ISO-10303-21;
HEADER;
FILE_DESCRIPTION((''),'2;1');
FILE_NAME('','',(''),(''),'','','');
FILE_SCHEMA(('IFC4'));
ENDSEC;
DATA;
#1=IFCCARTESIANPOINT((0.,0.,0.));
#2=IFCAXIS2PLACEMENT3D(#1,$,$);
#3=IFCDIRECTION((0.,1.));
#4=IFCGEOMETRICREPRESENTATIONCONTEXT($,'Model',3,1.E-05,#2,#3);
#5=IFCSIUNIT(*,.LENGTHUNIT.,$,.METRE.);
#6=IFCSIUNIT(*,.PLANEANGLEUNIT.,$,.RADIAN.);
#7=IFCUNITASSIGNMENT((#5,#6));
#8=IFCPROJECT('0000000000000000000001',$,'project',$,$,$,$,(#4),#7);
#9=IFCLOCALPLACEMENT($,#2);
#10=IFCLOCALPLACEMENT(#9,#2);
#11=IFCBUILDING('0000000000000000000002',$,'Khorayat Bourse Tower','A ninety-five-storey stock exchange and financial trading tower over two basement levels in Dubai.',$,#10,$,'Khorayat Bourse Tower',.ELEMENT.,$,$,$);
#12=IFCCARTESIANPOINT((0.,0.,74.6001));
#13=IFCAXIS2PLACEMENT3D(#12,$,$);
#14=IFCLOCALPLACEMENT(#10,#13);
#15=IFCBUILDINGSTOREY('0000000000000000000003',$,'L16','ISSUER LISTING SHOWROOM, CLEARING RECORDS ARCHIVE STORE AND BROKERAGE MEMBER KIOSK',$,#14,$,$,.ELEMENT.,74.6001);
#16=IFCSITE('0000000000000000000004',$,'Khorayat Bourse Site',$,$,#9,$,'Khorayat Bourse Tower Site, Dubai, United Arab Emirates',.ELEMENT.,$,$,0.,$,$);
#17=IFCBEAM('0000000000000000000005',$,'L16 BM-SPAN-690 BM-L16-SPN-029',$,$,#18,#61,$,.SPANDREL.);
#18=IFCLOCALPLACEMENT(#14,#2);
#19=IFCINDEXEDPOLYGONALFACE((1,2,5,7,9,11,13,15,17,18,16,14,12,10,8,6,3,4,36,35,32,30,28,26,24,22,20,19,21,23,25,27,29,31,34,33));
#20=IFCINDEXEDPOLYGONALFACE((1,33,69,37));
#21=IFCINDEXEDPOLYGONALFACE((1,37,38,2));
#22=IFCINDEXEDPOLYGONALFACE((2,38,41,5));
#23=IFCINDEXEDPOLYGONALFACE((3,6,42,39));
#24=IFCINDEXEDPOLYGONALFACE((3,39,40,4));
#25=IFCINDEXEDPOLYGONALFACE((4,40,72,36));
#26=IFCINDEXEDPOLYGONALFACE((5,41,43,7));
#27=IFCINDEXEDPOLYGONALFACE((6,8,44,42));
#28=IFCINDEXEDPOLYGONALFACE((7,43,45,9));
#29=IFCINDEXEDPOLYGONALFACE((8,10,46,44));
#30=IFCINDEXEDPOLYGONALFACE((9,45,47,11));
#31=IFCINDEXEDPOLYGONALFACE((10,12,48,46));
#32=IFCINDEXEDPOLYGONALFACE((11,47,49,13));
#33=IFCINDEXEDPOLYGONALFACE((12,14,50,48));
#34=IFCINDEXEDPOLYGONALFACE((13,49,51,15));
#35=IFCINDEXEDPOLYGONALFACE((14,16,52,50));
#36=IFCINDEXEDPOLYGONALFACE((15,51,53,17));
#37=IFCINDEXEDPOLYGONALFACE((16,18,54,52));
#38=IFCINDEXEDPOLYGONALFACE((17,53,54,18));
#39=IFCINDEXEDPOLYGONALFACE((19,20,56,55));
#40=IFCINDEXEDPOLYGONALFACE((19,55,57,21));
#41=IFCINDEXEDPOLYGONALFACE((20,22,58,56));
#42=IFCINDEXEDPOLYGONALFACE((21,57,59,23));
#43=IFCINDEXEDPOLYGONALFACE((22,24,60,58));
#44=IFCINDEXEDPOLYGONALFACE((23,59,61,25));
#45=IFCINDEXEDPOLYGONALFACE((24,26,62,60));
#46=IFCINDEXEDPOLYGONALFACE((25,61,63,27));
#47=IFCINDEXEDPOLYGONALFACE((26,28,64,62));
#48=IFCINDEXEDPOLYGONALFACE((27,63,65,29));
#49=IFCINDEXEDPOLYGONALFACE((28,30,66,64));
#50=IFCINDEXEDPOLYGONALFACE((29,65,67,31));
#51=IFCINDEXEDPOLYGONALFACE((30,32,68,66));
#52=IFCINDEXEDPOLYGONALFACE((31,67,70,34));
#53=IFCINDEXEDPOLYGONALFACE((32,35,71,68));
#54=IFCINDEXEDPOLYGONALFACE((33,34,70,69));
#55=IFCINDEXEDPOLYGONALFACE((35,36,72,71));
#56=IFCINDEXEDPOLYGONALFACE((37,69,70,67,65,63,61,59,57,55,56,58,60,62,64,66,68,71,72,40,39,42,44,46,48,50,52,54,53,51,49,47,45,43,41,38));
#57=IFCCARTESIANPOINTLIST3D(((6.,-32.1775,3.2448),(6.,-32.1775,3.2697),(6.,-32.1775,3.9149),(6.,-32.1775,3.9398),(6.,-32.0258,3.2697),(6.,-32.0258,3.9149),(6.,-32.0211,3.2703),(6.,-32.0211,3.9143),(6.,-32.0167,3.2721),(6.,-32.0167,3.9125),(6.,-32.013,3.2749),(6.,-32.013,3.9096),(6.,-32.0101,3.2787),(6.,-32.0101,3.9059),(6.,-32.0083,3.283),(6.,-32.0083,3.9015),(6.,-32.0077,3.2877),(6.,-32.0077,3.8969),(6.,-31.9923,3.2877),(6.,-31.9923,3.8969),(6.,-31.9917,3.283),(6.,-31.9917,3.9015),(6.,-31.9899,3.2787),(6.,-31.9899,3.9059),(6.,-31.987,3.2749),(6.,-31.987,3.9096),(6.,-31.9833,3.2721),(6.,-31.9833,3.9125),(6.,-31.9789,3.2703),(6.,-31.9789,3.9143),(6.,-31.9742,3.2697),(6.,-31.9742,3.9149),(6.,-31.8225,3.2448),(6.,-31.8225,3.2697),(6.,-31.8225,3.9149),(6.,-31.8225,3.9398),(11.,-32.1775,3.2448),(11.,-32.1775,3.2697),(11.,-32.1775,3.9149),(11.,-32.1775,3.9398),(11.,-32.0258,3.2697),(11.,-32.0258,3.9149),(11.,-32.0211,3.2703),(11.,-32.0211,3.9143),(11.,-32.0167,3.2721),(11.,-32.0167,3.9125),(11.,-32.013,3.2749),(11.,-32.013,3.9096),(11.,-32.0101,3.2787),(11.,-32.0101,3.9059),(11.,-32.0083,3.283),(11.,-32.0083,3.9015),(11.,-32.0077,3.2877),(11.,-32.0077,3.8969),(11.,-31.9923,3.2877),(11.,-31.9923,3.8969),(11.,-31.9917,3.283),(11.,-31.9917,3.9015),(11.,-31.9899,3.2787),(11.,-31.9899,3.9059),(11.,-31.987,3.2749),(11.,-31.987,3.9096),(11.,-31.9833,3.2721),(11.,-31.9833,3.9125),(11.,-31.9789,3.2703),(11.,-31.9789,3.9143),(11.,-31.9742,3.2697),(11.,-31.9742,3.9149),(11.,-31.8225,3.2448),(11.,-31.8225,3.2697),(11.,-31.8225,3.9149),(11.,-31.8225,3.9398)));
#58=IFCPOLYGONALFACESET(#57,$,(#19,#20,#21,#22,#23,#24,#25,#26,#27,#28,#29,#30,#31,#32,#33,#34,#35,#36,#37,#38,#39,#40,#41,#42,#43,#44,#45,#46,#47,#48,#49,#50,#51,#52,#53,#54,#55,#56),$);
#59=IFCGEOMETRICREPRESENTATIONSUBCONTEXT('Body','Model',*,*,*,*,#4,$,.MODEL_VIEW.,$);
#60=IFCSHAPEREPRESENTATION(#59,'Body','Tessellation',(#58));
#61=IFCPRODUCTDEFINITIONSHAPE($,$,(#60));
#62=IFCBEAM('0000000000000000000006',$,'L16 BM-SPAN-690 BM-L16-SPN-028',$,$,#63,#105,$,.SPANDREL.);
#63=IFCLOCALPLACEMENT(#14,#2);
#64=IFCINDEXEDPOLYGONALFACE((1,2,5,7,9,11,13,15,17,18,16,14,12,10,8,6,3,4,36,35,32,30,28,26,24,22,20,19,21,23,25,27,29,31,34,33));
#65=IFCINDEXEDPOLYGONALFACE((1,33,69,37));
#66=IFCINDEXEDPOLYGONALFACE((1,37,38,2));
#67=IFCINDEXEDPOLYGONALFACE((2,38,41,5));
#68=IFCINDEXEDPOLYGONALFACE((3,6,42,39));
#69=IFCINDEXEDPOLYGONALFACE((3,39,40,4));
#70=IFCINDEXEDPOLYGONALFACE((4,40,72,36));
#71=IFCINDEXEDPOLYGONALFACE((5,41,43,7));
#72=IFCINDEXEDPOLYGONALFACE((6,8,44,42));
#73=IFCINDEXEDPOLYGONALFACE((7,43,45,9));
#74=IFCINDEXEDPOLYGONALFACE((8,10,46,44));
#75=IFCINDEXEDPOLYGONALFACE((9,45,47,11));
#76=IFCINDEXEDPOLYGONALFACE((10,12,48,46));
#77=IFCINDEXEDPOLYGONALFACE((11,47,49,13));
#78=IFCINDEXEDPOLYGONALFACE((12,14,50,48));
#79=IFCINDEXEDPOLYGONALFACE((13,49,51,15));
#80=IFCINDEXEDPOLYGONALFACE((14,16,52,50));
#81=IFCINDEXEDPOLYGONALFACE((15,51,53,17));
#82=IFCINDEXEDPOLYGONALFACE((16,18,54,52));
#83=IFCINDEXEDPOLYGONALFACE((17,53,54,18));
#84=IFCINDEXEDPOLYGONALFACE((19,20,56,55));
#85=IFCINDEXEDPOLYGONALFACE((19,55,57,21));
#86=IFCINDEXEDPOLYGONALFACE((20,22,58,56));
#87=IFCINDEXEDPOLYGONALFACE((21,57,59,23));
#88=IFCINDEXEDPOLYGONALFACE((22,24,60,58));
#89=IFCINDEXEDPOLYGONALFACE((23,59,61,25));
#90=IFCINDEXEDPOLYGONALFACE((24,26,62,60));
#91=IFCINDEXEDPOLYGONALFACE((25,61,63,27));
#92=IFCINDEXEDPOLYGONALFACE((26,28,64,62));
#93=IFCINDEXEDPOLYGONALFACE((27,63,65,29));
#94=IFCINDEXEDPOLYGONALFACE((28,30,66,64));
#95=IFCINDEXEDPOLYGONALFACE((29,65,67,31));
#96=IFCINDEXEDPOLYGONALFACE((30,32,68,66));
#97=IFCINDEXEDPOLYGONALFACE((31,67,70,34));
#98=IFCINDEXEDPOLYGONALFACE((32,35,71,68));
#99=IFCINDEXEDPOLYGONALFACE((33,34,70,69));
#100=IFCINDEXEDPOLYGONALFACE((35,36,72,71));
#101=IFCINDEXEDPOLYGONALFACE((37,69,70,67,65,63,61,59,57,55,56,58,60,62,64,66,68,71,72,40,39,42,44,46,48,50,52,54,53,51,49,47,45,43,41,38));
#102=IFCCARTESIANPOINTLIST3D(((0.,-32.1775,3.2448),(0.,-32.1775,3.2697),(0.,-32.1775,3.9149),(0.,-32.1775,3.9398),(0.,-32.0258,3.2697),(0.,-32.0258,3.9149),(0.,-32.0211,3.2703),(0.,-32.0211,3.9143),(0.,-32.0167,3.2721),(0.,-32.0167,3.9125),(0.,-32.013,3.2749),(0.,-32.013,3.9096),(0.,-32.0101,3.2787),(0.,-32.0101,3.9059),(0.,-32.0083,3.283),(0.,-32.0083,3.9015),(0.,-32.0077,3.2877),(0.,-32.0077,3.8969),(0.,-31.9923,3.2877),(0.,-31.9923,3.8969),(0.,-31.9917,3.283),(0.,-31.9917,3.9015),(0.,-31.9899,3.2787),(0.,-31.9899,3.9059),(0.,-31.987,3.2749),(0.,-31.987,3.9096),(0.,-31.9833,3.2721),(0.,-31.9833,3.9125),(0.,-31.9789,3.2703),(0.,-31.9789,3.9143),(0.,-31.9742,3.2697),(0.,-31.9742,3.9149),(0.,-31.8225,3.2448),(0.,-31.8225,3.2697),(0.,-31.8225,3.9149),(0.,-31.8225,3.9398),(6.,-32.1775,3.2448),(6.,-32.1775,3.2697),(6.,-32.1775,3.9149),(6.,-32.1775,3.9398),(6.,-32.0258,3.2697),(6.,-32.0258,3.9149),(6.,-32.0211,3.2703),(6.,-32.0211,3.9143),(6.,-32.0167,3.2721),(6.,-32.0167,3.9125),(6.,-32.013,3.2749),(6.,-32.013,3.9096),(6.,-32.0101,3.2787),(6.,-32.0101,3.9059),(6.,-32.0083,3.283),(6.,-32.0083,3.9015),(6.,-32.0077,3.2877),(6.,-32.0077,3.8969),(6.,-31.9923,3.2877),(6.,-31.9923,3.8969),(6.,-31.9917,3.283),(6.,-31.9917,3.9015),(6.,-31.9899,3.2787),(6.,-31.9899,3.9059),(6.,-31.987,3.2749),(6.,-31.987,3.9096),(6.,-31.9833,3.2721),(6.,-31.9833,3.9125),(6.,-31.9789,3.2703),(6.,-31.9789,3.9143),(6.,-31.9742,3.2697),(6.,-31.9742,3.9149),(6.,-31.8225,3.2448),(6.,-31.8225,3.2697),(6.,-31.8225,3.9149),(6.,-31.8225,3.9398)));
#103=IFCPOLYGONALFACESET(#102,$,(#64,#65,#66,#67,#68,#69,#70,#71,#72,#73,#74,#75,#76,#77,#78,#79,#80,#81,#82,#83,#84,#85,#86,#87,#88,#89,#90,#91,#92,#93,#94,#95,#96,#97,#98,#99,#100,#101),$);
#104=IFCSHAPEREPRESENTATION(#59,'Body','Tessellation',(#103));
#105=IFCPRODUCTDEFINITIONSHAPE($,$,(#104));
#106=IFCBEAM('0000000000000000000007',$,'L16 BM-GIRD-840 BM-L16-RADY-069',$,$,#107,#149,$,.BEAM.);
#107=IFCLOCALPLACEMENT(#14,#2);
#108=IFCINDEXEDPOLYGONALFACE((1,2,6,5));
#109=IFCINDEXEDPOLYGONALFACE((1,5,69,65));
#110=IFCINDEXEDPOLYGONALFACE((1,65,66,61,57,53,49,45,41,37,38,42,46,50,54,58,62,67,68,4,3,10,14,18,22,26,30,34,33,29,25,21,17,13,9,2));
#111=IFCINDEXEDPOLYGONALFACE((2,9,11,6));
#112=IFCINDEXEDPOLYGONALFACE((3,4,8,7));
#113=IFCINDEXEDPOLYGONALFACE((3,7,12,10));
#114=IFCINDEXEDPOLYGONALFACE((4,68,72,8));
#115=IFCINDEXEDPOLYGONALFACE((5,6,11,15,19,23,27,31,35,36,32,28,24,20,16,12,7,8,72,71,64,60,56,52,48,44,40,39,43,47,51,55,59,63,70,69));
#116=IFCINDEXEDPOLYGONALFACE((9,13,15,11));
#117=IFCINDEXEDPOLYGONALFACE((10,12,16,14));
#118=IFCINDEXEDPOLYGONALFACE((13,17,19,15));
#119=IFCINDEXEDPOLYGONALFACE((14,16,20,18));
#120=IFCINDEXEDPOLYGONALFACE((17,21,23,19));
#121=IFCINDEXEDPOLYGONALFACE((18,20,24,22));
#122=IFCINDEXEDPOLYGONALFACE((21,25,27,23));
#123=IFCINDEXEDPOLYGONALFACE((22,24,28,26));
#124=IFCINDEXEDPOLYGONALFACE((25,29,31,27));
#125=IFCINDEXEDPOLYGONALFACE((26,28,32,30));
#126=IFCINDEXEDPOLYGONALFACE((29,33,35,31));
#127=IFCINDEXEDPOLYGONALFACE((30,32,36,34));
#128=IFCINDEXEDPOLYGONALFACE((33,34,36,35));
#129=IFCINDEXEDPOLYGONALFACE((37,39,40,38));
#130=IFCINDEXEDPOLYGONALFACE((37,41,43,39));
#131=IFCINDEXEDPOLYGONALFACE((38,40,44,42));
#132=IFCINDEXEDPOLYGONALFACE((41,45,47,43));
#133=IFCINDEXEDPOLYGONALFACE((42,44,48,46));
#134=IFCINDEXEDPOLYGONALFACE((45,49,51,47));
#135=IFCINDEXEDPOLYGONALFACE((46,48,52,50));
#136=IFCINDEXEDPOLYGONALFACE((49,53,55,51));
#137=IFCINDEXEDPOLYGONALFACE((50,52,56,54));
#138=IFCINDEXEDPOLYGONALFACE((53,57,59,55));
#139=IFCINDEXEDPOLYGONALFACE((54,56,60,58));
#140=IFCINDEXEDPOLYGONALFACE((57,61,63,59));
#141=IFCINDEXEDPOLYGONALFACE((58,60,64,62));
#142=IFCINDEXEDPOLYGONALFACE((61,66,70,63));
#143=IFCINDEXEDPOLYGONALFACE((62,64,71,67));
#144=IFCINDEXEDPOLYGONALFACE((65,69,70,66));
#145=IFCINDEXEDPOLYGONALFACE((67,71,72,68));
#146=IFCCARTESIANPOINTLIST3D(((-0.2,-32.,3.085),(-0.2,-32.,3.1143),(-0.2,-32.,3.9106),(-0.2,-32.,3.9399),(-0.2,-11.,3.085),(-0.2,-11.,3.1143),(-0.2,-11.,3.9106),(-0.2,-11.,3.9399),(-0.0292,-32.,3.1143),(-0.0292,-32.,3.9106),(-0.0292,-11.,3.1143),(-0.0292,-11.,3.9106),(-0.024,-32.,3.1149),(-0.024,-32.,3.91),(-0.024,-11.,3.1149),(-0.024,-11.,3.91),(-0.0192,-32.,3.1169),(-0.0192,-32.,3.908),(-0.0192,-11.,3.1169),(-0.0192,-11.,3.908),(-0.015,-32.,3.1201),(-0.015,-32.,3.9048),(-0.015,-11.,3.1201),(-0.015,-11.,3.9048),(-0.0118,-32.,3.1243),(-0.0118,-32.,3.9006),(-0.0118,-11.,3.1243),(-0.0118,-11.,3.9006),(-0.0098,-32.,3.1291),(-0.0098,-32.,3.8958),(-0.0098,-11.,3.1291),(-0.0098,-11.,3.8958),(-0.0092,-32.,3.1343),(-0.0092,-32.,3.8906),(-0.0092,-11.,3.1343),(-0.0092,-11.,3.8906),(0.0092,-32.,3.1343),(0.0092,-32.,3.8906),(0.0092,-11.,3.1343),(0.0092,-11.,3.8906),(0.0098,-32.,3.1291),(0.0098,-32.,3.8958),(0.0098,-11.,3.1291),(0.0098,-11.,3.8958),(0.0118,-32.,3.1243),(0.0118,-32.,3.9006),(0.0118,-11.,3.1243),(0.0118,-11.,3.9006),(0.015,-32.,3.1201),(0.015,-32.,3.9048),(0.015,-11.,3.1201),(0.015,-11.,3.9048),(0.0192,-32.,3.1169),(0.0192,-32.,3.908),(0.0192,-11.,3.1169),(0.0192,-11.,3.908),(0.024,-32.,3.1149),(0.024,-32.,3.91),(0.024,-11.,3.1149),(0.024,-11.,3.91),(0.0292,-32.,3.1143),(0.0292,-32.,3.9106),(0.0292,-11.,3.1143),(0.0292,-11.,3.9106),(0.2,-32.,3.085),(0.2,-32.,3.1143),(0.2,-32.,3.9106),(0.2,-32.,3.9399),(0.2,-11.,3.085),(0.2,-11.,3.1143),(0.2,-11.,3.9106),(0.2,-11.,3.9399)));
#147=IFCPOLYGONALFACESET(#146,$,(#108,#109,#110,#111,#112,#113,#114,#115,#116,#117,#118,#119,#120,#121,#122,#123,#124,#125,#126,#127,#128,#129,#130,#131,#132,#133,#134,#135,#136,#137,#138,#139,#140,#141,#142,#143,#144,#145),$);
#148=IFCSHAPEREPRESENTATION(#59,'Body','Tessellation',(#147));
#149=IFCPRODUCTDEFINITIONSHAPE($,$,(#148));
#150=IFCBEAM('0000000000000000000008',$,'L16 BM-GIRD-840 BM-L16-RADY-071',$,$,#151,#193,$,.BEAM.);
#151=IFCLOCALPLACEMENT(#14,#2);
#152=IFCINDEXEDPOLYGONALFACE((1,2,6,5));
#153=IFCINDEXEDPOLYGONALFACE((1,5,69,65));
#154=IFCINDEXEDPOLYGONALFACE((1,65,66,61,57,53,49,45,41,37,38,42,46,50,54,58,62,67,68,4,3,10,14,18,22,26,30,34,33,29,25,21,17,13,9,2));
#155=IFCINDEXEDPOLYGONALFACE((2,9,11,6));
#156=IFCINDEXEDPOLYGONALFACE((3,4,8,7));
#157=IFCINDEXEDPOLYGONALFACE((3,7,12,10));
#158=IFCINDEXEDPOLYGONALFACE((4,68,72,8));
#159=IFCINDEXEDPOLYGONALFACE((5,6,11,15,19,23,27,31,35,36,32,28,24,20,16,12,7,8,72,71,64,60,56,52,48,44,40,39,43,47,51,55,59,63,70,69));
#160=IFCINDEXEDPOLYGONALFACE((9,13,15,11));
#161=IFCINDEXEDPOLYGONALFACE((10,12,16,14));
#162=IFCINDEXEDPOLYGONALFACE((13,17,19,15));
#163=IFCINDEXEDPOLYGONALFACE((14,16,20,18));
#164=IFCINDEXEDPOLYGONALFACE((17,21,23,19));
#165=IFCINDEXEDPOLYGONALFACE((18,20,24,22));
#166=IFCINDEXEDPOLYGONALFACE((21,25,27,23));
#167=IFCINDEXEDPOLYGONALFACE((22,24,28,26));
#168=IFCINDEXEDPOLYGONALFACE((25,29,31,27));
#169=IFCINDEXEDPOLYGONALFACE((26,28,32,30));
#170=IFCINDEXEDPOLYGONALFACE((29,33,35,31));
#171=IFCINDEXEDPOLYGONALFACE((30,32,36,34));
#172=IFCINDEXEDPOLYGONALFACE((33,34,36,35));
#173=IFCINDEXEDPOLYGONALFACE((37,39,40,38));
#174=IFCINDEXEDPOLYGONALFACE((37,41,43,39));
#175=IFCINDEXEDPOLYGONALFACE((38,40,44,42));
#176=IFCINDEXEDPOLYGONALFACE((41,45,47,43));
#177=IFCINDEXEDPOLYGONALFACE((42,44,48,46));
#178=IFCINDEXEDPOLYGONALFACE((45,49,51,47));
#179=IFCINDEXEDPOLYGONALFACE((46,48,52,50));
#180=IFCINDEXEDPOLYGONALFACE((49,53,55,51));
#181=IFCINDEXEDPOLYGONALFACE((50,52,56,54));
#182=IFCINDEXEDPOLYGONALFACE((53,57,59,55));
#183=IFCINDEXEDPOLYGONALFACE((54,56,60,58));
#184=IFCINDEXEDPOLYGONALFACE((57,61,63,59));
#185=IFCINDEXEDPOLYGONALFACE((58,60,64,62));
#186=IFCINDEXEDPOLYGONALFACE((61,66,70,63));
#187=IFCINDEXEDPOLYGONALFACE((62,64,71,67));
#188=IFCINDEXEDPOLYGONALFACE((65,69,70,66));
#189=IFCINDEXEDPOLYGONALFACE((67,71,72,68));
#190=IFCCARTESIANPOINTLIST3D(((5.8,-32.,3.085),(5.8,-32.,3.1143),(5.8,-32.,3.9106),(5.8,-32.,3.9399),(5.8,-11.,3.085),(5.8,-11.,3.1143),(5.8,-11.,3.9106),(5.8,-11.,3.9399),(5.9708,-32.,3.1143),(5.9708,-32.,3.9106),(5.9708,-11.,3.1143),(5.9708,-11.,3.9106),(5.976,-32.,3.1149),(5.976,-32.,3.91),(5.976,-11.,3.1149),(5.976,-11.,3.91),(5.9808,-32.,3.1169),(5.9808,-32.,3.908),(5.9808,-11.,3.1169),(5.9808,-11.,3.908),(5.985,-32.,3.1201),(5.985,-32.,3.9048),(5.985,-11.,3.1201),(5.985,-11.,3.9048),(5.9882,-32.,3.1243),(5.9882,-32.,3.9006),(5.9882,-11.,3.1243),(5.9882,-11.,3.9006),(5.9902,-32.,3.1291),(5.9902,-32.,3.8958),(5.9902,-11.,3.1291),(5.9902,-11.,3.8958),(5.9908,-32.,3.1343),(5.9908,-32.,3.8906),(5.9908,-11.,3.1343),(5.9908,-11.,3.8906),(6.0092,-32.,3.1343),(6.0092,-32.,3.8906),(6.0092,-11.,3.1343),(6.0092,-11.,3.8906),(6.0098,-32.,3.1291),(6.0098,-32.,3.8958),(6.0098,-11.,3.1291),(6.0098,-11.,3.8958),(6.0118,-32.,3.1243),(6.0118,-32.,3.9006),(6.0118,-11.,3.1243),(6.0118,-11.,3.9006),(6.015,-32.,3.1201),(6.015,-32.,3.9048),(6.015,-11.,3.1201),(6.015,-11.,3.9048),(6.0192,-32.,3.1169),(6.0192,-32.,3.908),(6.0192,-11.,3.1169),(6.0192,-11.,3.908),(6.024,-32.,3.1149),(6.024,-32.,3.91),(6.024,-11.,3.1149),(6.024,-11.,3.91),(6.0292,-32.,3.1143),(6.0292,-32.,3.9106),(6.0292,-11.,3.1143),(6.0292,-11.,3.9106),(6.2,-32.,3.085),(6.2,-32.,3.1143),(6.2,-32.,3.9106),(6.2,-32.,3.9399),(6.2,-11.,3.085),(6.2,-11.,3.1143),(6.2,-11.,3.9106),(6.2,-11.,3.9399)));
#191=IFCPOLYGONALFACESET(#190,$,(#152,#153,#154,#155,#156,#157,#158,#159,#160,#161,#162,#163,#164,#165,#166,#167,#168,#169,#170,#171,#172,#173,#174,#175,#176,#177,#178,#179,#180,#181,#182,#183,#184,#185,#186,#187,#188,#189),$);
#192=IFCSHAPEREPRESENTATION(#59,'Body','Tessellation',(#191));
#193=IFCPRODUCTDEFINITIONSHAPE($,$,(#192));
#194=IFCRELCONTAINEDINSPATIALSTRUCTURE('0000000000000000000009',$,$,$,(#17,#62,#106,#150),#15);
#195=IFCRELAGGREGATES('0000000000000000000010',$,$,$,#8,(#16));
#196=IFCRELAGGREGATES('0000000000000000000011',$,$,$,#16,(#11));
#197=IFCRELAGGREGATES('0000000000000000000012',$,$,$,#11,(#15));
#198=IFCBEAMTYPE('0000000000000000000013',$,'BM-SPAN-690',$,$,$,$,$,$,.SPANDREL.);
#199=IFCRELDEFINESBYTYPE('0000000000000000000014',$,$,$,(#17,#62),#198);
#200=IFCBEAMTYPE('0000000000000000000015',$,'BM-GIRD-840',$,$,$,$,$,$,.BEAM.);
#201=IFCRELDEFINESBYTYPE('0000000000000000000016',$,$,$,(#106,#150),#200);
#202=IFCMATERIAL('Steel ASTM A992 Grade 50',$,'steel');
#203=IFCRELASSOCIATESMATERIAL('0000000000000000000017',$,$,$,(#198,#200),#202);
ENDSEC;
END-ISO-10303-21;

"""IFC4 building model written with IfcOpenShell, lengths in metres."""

from ifc_helpers import new_model, si_unit, direction, frame, origin, origin_2d, place, context, subcontext, project, spatial, i_section, extrude, source, transform, mapped, material, material_profile, profile_set, type_object, element, save


model = new_model("IFC4")

# Units and contexts
model_context = context("Model", 3, precision=1e-05, world=origin(), true_north=direction((0.0, 1.0)))
body_context = subcontext(model_context, "Body", "Model", "MODEL_VIEW")
ifc_project = project(units=[si_unit("LENGTHUNIT", "METRE"), si_unit("PLANEANGLEUNIT", "RADIAN")], contexts=[model_context])

# Site, building, storey
site_placement = place(None, origin())
site = spatial("IfcSite", under=ifc_project, at=site_placement, Name="Khorayat Bourse Site", LongName="Khorayat Bourse Tower Site, Dubai, United Arab Emirates", CompositionType="ELEMENT", RefElevation=0.0)
building_placement = place(site_placement, origin())
building = spatial("IfcBuilding", under=site, at=building_placement, Name="Khorayat Bourse Tower", Description="A ninety-five-storey stock exchange and financial trading tower over two basement levels in Dubai.", LongName="Khorayat Bourse Tower", CompositionType="ELEMENT")
storey_placement = place(building_placement, frame((0.0, 0.0, 74.6001)))
storey = spatial("IfcBuildingStorey", under=building, at=storey_placement, Name="L16", Description="ISSUER LISTING SHOWROOM, CLEARING RECORDS ARCHIVE STORE AND BROKERAGE MEMBER KIOSK", CompositionType="ELEMENT", Elevation=74.6001)

# Beams
ifc_material_1 = material(Name="Steel ASTM A992 Grade 50", Category="steel")
ifc_material_profile_1 = material_profile(ifc_material_1, i_section(OverallWidth=0.355, OverallDepth=0.6951, WebThickness=0.0154, FlangeThickness=0.0249, FilletRadius=0.0181, at=origin_2d()), Name="W690X217")
ifc_profile_set_1 = profile_set([ifc_material_profile_1], Name="Steel ASTM A992 Grade 50")
beam_type_1 = type_object("IfcBeamType", Name="BM-SPAN-690", PredefinedType="SPANDREL", material=ifc_profile_set_1)
shared_shape_1 = source(origin(), body_context, "Body", "SweptSolid", [
    extrude(i_section(OverallWidth=0.355, OverallDepth=0.6951, WebThickness=0.0154, FlangeThickness=0.0249, FilletRadius=0.0181, at=origin_2d()), origin(), (0.0, 0.0, 1.0), 5.0),
])
beam_1_placement = place(storey_placement, frame((6.0, -32.0, 3.5923), z_axis=(1.0, 0.0, 0.0), x_axis=(0.0, 1.0, 0.0)))
element("IfcBeam", 1, at=beam_1_placement, inside=storey, type_object=beam_type_1, Name="L16 BM-SPAN-690 BM-L16-SPN-029", PredefinedType="SPANDREL", context=body_context, shape_type="MappedRepresentation", body=[
    mapped(shared_shape_1, transform((0.0, 0.0, 0.0), scale=1.0)),
])
shared_shape_2 = source(origin(), body_context, "Body", "SweptSolid", [
    extrude(i_section(OverallWidth=0.355, OverallDepth=0.6951, WebThickness=0.0154, FlangeThickness=0.0249, FilletRadius=0.0181, at=origin_2d()), origin(), (0.0, 0.0, 1.0), 6.0),
])
beam_2_placement = place(storey_placement, frame((0.0, -32.0, 3.5923), z_axis=(1.0, 0.0, 0.0), x_axis=(0.0, 1.0, 0.0)))
element("IfcBeam", 2, at=beam_2_placement, inside=storey, type_object=beam_type_1, Name="L16 BM-SPAN-690 BM-L16-SPN-028", PredefinedType="SPANDREL", context=body_context, shape_type="MappedRepresentation", body=[
    mapped(shared_shape_2, transform((0.0, 0.0, 0.0), scale=1.0)),
])
ifc_material_profile_2 = material_profile(ifc_material_1, i_section(OverallWidth=0.3999, OverallDepth=0.855, WebThickness=0.0183, FlangeThickness=0.0293, FilletRadius=0.02, at=origin_2d()), Name="W840X299")
ifc_profile_set_2 = profile_set([ifc_material_profile_2], Name="Steel ASTM A992 Grade 50")
beam_type_2 = type_object("IfcBeamType", Name="BM-GIRD-840", PredefinedType="BEAM", material=ifc_profile_set_2)
shared_shape_3 = source(origin(), body_context, "Body", "SweptSolid", [
    extrude(i_section(OverallWidth=0.3999, OverallDepth=0.855, WebThickness=0.0183, FlangeThickness=0.0293, FilletRadius=0.02, at=origin_2d()), origin(), (0.0, 0.0, 1.0), 21.0),
])
for number, where, z_axis, x_axis, name in (
    (3, (0.0, -32.0, 3.5125), (0.0, 1.0, 0.0), (-1.0, 0.0, 0.0), "L16 BM-GIRD-840 BM-L16-RADY-069"),
    (4, (6.0, -32.0, 3.5125), (0.0, 1.0, 0.0), (-1.0, 0.0, 0.0), "L16 BM-GIRD-840 BM-L16-RADY-071"),
):
    element("IfcBeam", number, at=place(storey_placement, frame(where, z_axis=z_axis, x_axis=x_axis)), inside=storey, type_object=beam_type_2, Name=name, PredefinedType="BEAM", context=body_context, shape_type="MappedRepresentation", body=[
        mapped(shared_shape_3, transform((0.0, 0.0, 0.0), scale=1.0)),
    ])

save(model, "model.ifc")
